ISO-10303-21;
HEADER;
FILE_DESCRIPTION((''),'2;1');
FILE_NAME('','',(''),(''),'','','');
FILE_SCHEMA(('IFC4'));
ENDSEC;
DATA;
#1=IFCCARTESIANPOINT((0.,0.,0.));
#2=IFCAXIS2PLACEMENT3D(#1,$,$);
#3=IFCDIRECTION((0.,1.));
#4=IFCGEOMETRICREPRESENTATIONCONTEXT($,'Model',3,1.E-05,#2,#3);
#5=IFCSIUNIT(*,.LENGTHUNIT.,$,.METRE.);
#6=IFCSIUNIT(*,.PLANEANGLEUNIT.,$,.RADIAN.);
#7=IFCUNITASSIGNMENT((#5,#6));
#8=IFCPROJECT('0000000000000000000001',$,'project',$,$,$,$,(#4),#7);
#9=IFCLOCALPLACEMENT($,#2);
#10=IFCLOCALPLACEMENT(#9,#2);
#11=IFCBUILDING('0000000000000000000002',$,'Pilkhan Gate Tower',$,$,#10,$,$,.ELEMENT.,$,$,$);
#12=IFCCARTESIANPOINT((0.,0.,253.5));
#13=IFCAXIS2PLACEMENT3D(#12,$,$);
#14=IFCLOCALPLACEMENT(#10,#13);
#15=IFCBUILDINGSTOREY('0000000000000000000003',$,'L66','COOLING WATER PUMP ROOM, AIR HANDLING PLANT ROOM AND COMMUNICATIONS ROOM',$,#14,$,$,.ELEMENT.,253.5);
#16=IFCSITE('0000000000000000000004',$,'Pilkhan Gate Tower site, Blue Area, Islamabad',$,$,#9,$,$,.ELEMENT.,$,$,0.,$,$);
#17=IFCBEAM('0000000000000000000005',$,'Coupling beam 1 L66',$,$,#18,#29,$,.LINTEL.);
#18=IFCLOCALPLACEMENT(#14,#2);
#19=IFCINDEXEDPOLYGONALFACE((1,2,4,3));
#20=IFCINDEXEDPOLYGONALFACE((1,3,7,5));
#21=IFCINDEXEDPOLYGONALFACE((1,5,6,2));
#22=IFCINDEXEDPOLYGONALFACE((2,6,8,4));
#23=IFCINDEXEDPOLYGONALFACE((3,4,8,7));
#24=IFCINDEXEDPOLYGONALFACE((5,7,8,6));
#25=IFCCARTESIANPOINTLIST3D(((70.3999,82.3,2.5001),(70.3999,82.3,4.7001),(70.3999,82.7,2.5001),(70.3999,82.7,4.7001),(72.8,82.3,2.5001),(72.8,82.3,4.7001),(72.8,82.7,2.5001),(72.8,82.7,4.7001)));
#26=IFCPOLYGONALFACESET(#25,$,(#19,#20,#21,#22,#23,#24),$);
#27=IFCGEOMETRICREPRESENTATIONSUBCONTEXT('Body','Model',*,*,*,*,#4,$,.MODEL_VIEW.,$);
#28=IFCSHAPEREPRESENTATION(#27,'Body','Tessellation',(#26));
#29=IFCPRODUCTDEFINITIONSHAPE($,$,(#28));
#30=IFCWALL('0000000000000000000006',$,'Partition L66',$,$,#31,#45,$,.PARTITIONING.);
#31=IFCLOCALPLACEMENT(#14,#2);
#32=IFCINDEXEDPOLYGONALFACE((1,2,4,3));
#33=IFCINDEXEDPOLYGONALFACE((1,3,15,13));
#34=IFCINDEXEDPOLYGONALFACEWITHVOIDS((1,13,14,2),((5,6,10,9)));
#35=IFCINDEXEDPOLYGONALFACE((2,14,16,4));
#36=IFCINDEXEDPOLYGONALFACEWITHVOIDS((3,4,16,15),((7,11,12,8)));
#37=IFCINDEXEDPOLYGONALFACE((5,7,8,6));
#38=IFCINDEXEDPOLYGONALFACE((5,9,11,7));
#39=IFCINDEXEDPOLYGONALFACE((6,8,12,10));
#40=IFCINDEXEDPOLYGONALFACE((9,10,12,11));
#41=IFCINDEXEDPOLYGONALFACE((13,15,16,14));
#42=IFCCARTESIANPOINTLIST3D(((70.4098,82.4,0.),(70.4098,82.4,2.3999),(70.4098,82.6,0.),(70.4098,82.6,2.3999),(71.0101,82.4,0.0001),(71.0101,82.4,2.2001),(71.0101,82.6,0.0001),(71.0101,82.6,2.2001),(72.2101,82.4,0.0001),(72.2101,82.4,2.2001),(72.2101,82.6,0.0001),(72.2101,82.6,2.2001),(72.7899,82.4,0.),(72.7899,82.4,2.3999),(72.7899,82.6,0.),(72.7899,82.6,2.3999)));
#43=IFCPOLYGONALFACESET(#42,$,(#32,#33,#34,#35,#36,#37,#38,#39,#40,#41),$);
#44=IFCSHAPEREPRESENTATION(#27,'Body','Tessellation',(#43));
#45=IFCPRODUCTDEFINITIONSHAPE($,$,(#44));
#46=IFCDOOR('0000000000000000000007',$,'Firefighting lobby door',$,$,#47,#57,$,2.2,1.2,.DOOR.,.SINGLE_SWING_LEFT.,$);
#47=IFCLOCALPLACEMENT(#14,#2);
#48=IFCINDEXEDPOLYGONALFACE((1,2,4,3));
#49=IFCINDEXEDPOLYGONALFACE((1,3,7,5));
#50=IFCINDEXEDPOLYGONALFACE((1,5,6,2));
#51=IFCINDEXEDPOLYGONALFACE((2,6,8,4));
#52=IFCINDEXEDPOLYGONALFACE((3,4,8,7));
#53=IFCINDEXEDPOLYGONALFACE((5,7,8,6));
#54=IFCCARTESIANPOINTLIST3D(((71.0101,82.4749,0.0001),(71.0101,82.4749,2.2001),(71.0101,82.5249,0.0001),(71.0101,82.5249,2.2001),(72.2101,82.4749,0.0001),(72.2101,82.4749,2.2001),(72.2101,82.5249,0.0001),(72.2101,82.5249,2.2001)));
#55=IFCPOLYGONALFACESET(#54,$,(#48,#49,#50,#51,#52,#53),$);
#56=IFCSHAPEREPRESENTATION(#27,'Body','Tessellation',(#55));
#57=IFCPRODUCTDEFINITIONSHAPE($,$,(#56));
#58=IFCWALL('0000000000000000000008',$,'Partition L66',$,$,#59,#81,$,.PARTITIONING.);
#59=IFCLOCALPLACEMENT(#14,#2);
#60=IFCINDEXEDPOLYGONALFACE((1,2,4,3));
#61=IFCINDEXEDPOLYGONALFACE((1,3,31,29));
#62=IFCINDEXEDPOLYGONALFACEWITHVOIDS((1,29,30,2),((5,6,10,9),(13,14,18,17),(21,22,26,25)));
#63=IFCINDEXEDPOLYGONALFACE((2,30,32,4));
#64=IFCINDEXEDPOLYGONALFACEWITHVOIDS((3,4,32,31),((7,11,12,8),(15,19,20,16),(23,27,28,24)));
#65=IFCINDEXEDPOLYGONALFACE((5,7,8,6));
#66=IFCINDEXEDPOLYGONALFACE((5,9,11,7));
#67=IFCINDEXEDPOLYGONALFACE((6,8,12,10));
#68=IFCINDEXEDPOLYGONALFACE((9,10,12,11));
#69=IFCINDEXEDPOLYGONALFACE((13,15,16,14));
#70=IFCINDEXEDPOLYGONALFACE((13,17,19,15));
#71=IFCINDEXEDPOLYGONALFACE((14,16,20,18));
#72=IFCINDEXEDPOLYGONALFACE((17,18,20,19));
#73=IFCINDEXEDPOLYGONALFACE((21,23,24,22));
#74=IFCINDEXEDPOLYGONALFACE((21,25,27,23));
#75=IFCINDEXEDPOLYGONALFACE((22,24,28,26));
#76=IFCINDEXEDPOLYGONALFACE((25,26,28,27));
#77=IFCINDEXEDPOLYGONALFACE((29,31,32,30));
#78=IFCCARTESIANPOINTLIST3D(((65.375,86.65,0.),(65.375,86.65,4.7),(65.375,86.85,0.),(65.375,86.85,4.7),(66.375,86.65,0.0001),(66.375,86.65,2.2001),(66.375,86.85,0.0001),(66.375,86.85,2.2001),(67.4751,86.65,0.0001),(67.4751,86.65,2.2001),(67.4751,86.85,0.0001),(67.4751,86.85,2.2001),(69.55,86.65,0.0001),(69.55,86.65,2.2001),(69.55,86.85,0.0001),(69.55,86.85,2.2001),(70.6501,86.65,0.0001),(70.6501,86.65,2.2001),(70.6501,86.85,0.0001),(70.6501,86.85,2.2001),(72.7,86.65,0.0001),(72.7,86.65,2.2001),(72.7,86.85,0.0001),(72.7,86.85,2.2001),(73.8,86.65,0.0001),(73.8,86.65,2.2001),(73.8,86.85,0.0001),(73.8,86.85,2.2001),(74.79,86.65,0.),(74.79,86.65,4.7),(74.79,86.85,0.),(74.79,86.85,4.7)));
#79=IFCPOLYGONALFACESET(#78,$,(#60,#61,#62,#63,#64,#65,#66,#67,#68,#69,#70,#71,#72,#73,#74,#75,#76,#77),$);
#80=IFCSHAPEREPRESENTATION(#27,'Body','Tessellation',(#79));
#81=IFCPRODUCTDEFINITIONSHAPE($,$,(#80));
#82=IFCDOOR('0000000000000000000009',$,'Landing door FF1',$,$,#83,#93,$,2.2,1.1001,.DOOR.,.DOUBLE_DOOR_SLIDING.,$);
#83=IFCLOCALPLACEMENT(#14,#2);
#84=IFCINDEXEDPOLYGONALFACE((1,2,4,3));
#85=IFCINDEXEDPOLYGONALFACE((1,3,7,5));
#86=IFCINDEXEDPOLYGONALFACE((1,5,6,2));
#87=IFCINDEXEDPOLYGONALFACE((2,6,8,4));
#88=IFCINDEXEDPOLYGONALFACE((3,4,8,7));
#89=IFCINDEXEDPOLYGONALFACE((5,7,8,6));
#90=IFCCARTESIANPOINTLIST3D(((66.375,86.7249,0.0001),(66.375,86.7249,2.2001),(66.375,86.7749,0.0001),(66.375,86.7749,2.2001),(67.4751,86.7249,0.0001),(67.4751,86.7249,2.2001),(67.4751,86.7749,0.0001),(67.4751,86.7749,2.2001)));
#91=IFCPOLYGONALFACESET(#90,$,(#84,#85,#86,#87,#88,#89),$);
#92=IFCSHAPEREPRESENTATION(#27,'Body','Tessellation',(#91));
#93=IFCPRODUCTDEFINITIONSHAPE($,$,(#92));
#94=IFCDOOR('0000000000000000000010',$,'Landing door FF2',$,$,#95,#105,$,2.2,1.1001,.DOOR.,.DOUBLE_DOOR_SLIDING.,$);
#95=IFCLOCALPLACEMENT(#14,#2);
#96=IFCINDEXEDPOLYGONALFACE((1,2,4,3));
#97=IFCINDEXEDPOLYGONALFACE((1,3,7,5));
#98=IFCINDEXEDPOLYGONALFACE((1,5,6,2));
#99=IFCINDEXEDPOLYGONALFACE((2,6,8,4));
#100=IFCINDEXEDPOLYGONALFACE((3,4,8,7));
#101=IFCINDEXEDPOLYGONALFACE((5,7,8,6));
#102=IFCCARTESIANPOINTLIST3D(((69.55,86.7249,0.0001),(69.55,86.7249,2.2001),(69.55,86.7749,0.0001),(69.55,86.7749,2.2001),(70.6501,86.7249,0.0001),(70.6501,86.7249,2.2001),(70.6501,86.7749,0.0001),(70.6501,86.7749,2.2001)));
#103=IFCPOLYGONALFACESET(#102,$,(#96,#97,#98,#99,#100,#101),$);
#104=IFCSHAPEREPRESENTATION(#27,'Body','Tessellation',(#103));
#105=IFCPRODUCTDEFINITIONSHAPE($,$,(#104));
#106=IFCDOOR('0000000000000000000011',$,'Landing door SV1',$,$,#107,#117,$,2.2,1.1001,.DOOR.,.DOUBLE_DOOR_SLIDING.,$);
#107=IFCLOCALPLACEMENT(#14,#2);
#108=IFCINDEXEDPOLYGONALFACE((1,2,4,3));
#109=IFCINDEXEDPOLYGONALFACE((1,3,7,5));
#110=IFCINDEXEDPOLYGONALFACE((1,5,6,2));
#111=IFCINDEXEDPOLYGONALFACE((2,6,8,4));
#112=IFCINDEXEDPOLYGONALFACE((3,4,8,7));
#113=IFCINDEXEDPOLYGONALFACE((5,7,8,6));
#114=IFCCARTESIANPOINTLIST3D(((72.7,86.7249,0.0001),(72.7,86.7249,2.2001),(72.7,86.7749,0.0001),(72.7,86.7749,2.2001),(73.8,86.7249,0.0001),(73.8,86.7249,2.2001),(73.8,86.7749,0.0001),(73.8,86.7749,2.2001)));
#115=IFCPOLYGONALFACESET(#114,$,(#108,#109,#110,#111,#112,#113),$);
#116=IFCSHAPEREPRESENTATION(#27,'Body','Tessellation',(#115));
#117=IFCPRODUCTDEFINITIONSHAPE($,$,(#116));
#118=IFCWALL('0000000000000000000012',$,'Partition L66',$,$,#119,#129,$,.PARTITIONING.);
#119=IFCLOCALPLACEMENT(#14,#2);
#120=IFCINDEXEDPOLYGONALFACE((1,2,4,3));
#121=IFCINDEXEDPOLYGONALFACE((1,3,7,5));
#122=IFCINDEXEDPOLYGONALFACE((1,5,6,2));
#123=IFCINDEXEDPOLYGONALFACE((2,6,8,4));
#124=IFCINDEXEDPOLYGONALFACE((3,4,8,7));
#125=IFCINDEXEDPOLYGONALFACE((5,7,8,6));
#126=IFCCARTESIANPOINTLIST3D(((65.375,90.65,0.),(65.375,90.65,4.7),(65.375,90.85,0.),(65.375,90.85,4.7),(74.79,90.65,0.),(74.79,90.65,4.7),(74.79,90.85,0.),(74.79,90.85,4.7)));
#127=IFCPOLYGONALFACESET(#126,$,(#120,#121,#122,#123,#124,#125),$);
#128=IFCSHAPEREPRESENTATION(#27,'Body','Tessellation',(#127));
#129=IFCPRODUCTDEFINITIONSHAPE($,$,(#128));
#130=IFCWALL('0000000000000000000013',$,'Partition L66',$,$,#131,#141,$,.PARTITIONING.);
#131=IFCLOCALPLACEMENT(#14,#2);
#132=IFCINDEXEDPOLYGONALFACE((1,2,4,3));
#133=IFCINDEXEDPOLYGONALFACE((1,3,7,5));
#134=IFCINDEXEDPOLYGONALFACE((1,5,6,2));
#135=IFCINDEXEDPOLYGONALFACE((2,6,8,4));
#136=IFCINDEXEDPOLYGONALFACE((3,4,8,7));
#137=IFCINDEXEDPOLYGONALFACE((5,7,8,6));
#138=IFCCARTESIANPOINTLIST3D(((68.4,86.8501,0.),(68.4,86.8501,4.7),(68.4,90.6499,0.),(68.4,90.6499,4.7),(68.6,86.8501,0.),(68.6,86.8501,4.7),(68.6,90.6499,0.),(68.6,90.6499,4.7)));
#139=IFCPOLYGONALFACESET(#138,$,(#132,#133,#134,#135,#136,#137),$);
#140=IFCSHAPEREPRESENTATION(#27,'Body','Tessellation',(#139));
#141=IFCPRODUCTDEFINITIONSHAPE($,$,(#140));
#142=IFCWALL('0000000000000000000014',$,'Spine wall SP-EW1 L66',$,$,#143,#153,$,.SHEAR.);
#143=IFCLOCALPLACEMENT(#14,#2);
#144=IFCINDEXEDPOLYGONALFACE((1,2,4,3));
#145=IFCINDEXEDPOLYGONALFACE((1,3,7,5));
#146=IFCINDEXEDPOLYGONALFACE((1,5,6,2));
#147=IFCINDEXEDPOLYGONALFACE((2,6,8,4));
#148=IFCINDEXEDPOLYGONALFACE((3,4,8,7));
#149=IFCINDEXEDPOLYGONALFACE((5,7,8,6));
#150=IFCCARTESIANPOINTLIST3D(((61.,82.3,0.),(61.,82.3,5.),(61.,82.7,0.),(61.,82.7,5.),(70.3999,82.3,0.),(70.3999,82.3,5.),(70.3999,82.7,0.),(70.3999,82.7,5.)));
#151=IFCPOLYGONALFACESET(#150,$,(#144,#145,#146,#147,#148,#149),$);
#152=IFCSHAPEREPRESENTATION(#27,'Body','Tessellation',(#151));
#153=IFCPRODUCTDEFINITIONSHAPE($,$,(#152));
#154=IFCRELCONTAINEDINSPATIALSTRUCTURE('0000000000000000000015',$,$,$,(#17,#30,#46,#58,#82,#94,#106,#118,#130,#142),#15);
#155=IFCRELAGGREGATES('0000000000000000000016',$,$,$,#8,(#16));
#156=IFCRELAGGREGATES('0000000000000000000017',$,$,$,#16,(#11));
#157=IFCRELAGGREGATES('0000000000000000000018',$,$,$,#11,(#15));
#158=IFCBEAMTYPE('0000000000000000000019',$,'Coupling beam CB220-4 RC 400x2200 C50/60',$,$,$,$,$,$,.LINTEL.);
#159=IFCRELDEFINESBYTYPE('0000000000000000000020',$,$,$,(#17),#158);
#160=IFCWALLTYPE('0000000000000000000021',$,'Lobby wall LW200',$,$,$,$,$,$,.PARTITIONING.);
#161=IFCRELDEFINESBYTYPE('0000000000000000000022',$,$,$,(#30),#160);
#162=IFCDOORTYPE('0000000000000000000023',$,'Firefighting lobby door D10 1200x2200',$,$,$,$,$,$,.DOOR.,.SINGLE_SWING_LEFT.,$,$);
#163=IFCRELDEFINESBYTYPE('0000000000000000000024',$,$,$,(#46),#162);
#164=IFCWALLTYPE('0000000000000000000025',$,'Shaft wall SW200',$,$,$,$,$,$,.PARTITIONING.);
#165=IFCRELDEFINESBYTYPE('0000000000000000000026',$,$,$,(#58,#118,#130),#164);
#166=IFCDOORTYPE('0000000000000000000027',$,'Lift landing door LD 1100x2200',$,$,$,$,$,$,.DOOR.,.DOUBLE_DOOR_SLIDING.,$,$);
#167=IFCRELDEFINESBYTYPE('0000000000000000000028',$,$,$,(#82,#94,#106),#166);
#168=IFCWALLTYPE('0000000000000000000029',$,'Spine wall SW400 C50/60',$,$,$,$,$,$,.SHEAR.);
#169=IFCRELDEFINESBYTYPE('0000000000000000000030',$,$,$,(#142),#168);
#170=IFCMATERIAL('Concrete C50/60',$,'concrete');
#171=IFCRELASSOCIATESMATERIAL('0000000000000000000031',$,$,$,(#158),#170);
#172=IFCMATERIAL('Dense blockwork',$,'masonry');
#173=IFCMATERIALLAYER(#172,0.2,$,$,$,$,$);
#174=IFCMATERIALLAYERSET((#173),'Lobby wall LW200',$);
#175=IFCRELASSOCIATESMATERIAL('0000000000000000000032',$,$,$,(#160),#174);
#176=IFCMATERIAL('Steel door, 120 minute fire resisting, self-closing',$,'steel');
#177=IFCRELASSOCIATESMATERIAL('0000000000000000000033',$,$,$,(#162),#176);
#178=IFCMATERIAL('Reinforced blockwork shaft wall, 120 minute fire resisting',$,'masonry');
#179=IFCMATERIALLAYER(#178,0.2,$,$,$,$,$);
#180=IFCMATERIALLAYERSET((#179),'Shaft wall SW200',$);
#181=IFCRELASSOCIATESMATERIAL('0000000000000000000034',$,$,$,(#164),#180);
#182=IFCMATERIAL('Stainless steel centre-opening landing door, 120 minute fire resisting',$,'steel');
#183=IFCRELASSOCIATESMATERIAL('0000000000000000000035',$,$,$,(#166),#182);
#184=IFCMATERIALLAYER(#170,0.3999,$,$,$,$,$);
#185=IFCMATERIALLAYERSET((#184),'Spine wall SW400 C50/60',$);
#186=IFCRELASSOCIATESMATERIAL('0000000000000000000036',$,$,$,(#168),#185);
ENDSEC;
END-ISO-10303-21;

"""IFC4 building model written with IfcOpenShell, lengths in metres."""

from ifc_helpers import new_model, si_unit, direction, frame, frame_2d, origin, origin_2d, place, context, subcontext, project, spatial, rectangle, extrude, material, layer, layer_set, material_profile, profile_set, type_object, element, fill, save


model = new_model("IFC4")

# Units and contexts
model_context = context("Model", 3, precision=1e-05, world=origin(), true_north=direction((0.0, 1.0)))
body_context = subcontext(model_context, "Body", "Model", "MODEL_VIEW")
ifc_project = project(units=[si_unit("LENGTHUNIT", "METRE"), si_unit("PLANEANGLEUNIT", "RADIAN")], contexts=[model_context])

# Site, building, storey
site_placement = place(None, origin())
site = spatial("IfcSite", under=ifc_project, at=site_placement, Name="Pilkhan Gate Tower site, Blue Area, Islamabad", CompositionType="ELEMENT", RefElevation=0.0)
building_placement = place(site_placement, origin())
building = spatial("IfcBuilding", under=site, at=building_placement, Name="Pilkhan Gate Tower", CompositionType="ELEMENT")
storey_placement = place(building_placement, frame((0.0, 0.0, 253.5)))
storey = spatial("IfcBuildingStorey", under=building, at=storey_placement, Name="L66", Description="COOLING WATER PUMP ROOM, AIR HANDLING PLANT ROOM AND COMMUNICATIONS ROOM", CompositionType="ELEMENT", Elevation=253.5)

# Beam
ifc_material_1 = material(Name="Concrete C50/60", Category="concrete")
ifc_material_profile = material_profile(ifc_material_1, rectangle(XDim=0.3999, YDim=2.2, at=origin_2d()), Name="RC 400x2200")
ifc_profile_set = profile_set([ifc_material_profile], Name="Concrete C50/60")
beam_type = type_object("IfcBeamType", Name="Coupling beam CB220-4 RC 400x2200 C50/60", PredefinedType="LINTEL", material=ifc_profile_set)
beam_placement = place(storey_placement, frame((70.3999, 82.5, 3.6001), z_axis=(1.0, 0.0, 0.0), x_axis=(0.0, 1.0, 0.0)))
element("IfcBeam", 1, at=beam_placement, inside=storey, type_object=beam_type, Name="Coupling beam 1 L66", PredefinedType="LINTEL", context=body_context, shape_type="SweptSolid", body=[
    extrude(rectangle(XDim=0.3999, YDim=2.2, at=origin_2d()), origin(), (0.0, 0.0, 1.0), 2.4001),
])

# Wall, opening, door
ifc_material_2 = material(Name="Dense blockwork", Category="masonry")
ifc_layer_1 = layer(ifc_material_2, 0.2)
ifc_layer_set_1 = layer_set([ifc_layer_1], Name="Lobby wall LW200")
wall_type_1 = type_object("IfcWallType", Name="Lobby wall LW200", PredefinedType="PARTITIONING", material=ifc_layer_set_1)
wall_1_placement = place(storey_placement, frame((70.4099, 82.5, 0.0), z_axis=(0.0, 0.0, 1.0), x_axis=(1.0, 0.0, 0.0)))
wall_1 = element("IfcWall", 2, at=wall_1_placement, inside=storey, type_object=wall_type_1, Name="Partition L66", PredefinedType="PARTITIONING", context=body_context, shape_type="SweptSolid", body=[
    extrude(rectangle(XDim=2.3801, YDim=0.2, at=frame_2d((1.1899, 0.0))), origin(), (0.0, 0.0, 1.0), 2.3999),
])
opening_1_placement = place(wall_1_placement, frame((0.6001, 0.0, 0.0)))
opening_1 = element("IfcOpeningElement", 3, at=opening_1_placement, cuts=wall_1, PredefinedType="OPENING", context=body_context, shape_type="SweptSolid", body=[
    extrude(rectangle(XDim=1.2, YDim=2.2, at=frame_2d((0.6001, 1.1001))), frame((0.0, 0.1099, 0.0), z_axis=(0.0, -1.0, 0.0), x_axis=(1.0, 0.0, 0.0)), (0.0, 0.0, 1.0), 0.22),
])
ifc_material_3 = material(Name="Steel door, 120 minute fire resisting, self-closing", Category="steel")
door_type_1 = type_object("IfcDoorType", Name="Firefighting lobby door D10 1200x2200", OperationType="SINGLE_SWING_LEFT", PredefinedType="DOOR", material=ifc_material_3)
door_1_placement = place(opening_1_placement, origin())
door_1 = element("IfcDoor", 4, at=door_1_placement, inside=storey, type_object=door_type_1, Name="Firefighting lobby door", OperationType="SINGLE_SWING_LEFT", OverallHeight=2.2, OverallWidth=1.2, PredefinedType="DOOR", context=body_context, shape_type="SweptSolid", body=[
    extrude(rectangle(XDim=1.2, YDim=2.2, at=frame_2d((0.6001, 1.1001))), frame((0.0, 0.0249, 0.0), z_axis=(0.0, -1.0, 0.0), x_axis=(1.0, 0.0, 0.0)), (0.0, 0.0, 1.0), 0.05),
])
fill(opening_1, door_1)

# Wall, openings, doors
ifc_material_4 = material(Name="Reinforced blockwork shaft wall, 120 minute fire resisting", Category="masonry")
ifc_layer_2 = layer(ifc_material_4, 0.2)
ifc_layer_set_2 = layer_set([ifc_layer_2], Name="Shaft wall SW200")
wall_type_2 = type_object("IfcWallType", Name="Shaft wall SW200", PredefinedType="PARTITIONING", material=ifc_layer_set_2)
wall_2_placement = place(storey_placement, frame((65.375, 86.75, 0.0), z_axis=(0.0, 0.0, 1.0), x_axis=(1.0, 0.0, 0.0)))
wall_2 = element("IfcWall", 5, at=wall_2_placement, inside=storey, type_object=wall_type_2, Name="Partition L66", PredefinedType="PARTITIONING", context=body_context, shape_type="SweptSolid", body=[
    extrude(rectangle(XDim=9.415, YDim=0.2, at=frame_2d((4.7075, 0.0))), origin(), (0.0, 0.0, 1.0), 4.7),
])
opening_2_placement = place(wall_2_placement, frame((1.0, 0.0, 0.0)))
opening_2 = element("IfcOpeningElement", 6, at=opening_2_placement, cuts=wall_2, PredefinedType="OPENING", context=body_context, shape_type="SweptSolid", body=[
    extrude(rectangle(XDim=1.1001, YDim=2.2, at=frame_2d((0.55, 1.1001))), frame((0.0, 0.1099, 0.0), z_axis=(0.0, -1.0, 0.0), x_axis=(1.0, 0.0, 0.0)), (0.0, 0.0, 1.0), 0.22),
])
opening_3_placement = place(wall_2_placement, frame((4.175, 0.0, 0.0)))
opening_3 = element("IfcOpeningElement", 7, at=opening_3_placement, cuts=wall_2, PredefinedType="OPENING", context=body_context, shape_type="SweptSolid", body=[
    extrude(rectangle(XDim=1.1001, YDim=2.2, at=frame_2d((0.55, 1.1001))), frame((0.0, 0.1099, 0.0), z_axis=(0.0, -1.0, 0.0), x_axis=(1.0, 0.0, 0.0)), (0.0, 0.0, 1.0), 0.22),
])
opening_4_placement = place(wall_2_placement, frame((7.325, 0.0, 0.0)))
opening_4 = element("IfcOpeningElement", 8, at=opening_4_placement, cuts=wall_2, PredefinedType="OPENING", context=body_context, shape_type="SweptSolid", body=[
    extrude(rectangle(XDim=1.1001, YDim=2.2, at=frame_2d((0.55, 1.1001))), frame((0.0, 0.1099, 0.0), z_axis=(0.0, -1.0, 0.0), x_axis=(1.0, 0.0, 0.0)), (0.0, 0.0, 1.0), 0.22),
])
ifc_material_5 = material(Name="Stainless steel centre-opening landing door, 120 minute fire resisting", Category="steel")
door_type_2 = type_object("IfcDoorType", Name="Lift landing door LD 1100x2200", OperationType="DOUBLE_DOOR_SLIDING", PredefinedType="DOOR", material=ifc_material_5)
door_2_placement = place(opening_2_placement, origin())
door_2 = element("IfcDoor", 9, at=door_2_placement, inside=storey, type_object=door_type_2, Name="Landing door FF1", OperationType="DOUBLE_DOOR_SLIDING", OverallHeight=2.2, OverallWidth=1.1001, PredefinedType="DOOR", context=body_context, shape_type="SweptSolid", body=[
    extrude(rectangle(XDim=1.1001, YDim=2.2, at=frame_2d((0.55, 1.1001))), frame((0.0, 0.0249, 0.0), z_axis=(0.0, -1.0, 0.0), x_axis=(1.0, 0.0, 0.0)), (0.0, 0.0, 1.0), 0.05),
])
fill(opening_2, door_2)
door_3_placement = place(opening_3_placement, origin())
door_3 = element("IfcDoor", 10, at=door_3_placement, inside=storey, type_object=door_type_2, Name="Landing door FF2", OperationType="DOUBLE_DOOR_SLIDING", OverallHeight=2.2, OverallWidth=1.1001, PredefinedType="DOOR", context=body_context, shape_type="SweptSolid", body=[
    extrude(rectangle(XDim=1.1001, YDim=2.2, at=frame_2d((0.55, 1.1001))), frame((0.0, 0.0249, 0.0), z_axis=(0.0, -1.0, 0.0), x_axis=(1.0, 0.0, 0.0)), (0.0, 0.0, 1.0), 0.05),
])
fill(opening_3, door_3)
door_4_placement = place(opening_4_placement, origin())
door_4 = element("IfcDoor", 11, at=door_4_placement, inside=storey, type_object=door_type_2, Name="Landing door SV1", OperationType="DOUBLE_DOOR_SLIDING", OverallHeight=2.2, OverallWidth=1.1001, PredefinedType="DOOR", context=body_context, shape_type="SweptSolid", body=[
    extrude(rectangle(XDim=1.1001, YDim=2.2, at=frame_2d((0.55, 1.1001))), frame((0.0, 0.0249, 0.0), z_axis=(0.0, -1.0, 0.0), x_axis=(1.0, 0.0, 0.0)), (0.0, 0.0, 1.0), 0.05),
])
fill(opening_4, door_4)

# Walls
wall_3_placement = place(storey_placement, frame((65.375, 90.75, 0.0), z_axis=(0.0, 0.0, 1.0), x_axis=(1.0, 0.0, 0.0)))
element("IfcWall", 12, at=wall_3_placement, inside=storey, type_object=wall_type_2, Name="Partition L66", PredefinedType="PARTITIONING", context=body_context, shape_type="SweptSolid", body=[
    extrude(rectangle(XDim=9.415, YDim=0.2, at=frame_2d((4.7075, 0.0))), origin(), (0.0, 0.0, 1.0), 4.7),
])
wall_4_placement = place(storey_placement, frame((68.5, 86.8501, 0.0), z_axis=(0.0, 0.0, 1.0), x_axis=(0.0, 1.0, 0.0)))
element("IfcWall", 13, at=wall_4_placement, inside=storey, type_object=wall_type_2, Name="Partition L66", PredefinedType="PARTITIONING", context=body_context, shape_type="SweptSolid", body=[
    extrude(rectangle(XDim=3.7998, YDim=0.2, at=frame_2d((1.8999, 0.0))), origin(), (0.0, 0.0, 1.0), 4.7),
])
ifc_layer_3 = layer(ifc_material_1, 0.3999)
ifc_layer_set_3 = layer_set([ifc_layer_3], Name="Spine wall SW400 C50/60")
wall_type_3 = type_object("IfcWallType", Name="Spine wall SW400 C50/60", PredefinedType="SHEAR", material=ifc_layer_set_3)
wall_5_placement = place(storey_placement, frame((61.0, 82.5, 0.0), z_axis=(0.0, 0.0, 1.0), x_axis=(1.0, 0.0, 0.0)))
element("IfcWall", 14, at=wall_5_placement, inside=storey, type_object=wall_type_3, Name="Spine wall SP-EW1 L66", PredefinedType="SHEAR", context=body_context, shape_type="SweptSolid", body=[
    extrude(rectangle(XDim=9.3999, YDim=0.3999, at=frame_2d((4.7, 0.0))), origin(), (0.0, 0.0, 1.0), 5.0),
])

save(model, "model.ifc")
